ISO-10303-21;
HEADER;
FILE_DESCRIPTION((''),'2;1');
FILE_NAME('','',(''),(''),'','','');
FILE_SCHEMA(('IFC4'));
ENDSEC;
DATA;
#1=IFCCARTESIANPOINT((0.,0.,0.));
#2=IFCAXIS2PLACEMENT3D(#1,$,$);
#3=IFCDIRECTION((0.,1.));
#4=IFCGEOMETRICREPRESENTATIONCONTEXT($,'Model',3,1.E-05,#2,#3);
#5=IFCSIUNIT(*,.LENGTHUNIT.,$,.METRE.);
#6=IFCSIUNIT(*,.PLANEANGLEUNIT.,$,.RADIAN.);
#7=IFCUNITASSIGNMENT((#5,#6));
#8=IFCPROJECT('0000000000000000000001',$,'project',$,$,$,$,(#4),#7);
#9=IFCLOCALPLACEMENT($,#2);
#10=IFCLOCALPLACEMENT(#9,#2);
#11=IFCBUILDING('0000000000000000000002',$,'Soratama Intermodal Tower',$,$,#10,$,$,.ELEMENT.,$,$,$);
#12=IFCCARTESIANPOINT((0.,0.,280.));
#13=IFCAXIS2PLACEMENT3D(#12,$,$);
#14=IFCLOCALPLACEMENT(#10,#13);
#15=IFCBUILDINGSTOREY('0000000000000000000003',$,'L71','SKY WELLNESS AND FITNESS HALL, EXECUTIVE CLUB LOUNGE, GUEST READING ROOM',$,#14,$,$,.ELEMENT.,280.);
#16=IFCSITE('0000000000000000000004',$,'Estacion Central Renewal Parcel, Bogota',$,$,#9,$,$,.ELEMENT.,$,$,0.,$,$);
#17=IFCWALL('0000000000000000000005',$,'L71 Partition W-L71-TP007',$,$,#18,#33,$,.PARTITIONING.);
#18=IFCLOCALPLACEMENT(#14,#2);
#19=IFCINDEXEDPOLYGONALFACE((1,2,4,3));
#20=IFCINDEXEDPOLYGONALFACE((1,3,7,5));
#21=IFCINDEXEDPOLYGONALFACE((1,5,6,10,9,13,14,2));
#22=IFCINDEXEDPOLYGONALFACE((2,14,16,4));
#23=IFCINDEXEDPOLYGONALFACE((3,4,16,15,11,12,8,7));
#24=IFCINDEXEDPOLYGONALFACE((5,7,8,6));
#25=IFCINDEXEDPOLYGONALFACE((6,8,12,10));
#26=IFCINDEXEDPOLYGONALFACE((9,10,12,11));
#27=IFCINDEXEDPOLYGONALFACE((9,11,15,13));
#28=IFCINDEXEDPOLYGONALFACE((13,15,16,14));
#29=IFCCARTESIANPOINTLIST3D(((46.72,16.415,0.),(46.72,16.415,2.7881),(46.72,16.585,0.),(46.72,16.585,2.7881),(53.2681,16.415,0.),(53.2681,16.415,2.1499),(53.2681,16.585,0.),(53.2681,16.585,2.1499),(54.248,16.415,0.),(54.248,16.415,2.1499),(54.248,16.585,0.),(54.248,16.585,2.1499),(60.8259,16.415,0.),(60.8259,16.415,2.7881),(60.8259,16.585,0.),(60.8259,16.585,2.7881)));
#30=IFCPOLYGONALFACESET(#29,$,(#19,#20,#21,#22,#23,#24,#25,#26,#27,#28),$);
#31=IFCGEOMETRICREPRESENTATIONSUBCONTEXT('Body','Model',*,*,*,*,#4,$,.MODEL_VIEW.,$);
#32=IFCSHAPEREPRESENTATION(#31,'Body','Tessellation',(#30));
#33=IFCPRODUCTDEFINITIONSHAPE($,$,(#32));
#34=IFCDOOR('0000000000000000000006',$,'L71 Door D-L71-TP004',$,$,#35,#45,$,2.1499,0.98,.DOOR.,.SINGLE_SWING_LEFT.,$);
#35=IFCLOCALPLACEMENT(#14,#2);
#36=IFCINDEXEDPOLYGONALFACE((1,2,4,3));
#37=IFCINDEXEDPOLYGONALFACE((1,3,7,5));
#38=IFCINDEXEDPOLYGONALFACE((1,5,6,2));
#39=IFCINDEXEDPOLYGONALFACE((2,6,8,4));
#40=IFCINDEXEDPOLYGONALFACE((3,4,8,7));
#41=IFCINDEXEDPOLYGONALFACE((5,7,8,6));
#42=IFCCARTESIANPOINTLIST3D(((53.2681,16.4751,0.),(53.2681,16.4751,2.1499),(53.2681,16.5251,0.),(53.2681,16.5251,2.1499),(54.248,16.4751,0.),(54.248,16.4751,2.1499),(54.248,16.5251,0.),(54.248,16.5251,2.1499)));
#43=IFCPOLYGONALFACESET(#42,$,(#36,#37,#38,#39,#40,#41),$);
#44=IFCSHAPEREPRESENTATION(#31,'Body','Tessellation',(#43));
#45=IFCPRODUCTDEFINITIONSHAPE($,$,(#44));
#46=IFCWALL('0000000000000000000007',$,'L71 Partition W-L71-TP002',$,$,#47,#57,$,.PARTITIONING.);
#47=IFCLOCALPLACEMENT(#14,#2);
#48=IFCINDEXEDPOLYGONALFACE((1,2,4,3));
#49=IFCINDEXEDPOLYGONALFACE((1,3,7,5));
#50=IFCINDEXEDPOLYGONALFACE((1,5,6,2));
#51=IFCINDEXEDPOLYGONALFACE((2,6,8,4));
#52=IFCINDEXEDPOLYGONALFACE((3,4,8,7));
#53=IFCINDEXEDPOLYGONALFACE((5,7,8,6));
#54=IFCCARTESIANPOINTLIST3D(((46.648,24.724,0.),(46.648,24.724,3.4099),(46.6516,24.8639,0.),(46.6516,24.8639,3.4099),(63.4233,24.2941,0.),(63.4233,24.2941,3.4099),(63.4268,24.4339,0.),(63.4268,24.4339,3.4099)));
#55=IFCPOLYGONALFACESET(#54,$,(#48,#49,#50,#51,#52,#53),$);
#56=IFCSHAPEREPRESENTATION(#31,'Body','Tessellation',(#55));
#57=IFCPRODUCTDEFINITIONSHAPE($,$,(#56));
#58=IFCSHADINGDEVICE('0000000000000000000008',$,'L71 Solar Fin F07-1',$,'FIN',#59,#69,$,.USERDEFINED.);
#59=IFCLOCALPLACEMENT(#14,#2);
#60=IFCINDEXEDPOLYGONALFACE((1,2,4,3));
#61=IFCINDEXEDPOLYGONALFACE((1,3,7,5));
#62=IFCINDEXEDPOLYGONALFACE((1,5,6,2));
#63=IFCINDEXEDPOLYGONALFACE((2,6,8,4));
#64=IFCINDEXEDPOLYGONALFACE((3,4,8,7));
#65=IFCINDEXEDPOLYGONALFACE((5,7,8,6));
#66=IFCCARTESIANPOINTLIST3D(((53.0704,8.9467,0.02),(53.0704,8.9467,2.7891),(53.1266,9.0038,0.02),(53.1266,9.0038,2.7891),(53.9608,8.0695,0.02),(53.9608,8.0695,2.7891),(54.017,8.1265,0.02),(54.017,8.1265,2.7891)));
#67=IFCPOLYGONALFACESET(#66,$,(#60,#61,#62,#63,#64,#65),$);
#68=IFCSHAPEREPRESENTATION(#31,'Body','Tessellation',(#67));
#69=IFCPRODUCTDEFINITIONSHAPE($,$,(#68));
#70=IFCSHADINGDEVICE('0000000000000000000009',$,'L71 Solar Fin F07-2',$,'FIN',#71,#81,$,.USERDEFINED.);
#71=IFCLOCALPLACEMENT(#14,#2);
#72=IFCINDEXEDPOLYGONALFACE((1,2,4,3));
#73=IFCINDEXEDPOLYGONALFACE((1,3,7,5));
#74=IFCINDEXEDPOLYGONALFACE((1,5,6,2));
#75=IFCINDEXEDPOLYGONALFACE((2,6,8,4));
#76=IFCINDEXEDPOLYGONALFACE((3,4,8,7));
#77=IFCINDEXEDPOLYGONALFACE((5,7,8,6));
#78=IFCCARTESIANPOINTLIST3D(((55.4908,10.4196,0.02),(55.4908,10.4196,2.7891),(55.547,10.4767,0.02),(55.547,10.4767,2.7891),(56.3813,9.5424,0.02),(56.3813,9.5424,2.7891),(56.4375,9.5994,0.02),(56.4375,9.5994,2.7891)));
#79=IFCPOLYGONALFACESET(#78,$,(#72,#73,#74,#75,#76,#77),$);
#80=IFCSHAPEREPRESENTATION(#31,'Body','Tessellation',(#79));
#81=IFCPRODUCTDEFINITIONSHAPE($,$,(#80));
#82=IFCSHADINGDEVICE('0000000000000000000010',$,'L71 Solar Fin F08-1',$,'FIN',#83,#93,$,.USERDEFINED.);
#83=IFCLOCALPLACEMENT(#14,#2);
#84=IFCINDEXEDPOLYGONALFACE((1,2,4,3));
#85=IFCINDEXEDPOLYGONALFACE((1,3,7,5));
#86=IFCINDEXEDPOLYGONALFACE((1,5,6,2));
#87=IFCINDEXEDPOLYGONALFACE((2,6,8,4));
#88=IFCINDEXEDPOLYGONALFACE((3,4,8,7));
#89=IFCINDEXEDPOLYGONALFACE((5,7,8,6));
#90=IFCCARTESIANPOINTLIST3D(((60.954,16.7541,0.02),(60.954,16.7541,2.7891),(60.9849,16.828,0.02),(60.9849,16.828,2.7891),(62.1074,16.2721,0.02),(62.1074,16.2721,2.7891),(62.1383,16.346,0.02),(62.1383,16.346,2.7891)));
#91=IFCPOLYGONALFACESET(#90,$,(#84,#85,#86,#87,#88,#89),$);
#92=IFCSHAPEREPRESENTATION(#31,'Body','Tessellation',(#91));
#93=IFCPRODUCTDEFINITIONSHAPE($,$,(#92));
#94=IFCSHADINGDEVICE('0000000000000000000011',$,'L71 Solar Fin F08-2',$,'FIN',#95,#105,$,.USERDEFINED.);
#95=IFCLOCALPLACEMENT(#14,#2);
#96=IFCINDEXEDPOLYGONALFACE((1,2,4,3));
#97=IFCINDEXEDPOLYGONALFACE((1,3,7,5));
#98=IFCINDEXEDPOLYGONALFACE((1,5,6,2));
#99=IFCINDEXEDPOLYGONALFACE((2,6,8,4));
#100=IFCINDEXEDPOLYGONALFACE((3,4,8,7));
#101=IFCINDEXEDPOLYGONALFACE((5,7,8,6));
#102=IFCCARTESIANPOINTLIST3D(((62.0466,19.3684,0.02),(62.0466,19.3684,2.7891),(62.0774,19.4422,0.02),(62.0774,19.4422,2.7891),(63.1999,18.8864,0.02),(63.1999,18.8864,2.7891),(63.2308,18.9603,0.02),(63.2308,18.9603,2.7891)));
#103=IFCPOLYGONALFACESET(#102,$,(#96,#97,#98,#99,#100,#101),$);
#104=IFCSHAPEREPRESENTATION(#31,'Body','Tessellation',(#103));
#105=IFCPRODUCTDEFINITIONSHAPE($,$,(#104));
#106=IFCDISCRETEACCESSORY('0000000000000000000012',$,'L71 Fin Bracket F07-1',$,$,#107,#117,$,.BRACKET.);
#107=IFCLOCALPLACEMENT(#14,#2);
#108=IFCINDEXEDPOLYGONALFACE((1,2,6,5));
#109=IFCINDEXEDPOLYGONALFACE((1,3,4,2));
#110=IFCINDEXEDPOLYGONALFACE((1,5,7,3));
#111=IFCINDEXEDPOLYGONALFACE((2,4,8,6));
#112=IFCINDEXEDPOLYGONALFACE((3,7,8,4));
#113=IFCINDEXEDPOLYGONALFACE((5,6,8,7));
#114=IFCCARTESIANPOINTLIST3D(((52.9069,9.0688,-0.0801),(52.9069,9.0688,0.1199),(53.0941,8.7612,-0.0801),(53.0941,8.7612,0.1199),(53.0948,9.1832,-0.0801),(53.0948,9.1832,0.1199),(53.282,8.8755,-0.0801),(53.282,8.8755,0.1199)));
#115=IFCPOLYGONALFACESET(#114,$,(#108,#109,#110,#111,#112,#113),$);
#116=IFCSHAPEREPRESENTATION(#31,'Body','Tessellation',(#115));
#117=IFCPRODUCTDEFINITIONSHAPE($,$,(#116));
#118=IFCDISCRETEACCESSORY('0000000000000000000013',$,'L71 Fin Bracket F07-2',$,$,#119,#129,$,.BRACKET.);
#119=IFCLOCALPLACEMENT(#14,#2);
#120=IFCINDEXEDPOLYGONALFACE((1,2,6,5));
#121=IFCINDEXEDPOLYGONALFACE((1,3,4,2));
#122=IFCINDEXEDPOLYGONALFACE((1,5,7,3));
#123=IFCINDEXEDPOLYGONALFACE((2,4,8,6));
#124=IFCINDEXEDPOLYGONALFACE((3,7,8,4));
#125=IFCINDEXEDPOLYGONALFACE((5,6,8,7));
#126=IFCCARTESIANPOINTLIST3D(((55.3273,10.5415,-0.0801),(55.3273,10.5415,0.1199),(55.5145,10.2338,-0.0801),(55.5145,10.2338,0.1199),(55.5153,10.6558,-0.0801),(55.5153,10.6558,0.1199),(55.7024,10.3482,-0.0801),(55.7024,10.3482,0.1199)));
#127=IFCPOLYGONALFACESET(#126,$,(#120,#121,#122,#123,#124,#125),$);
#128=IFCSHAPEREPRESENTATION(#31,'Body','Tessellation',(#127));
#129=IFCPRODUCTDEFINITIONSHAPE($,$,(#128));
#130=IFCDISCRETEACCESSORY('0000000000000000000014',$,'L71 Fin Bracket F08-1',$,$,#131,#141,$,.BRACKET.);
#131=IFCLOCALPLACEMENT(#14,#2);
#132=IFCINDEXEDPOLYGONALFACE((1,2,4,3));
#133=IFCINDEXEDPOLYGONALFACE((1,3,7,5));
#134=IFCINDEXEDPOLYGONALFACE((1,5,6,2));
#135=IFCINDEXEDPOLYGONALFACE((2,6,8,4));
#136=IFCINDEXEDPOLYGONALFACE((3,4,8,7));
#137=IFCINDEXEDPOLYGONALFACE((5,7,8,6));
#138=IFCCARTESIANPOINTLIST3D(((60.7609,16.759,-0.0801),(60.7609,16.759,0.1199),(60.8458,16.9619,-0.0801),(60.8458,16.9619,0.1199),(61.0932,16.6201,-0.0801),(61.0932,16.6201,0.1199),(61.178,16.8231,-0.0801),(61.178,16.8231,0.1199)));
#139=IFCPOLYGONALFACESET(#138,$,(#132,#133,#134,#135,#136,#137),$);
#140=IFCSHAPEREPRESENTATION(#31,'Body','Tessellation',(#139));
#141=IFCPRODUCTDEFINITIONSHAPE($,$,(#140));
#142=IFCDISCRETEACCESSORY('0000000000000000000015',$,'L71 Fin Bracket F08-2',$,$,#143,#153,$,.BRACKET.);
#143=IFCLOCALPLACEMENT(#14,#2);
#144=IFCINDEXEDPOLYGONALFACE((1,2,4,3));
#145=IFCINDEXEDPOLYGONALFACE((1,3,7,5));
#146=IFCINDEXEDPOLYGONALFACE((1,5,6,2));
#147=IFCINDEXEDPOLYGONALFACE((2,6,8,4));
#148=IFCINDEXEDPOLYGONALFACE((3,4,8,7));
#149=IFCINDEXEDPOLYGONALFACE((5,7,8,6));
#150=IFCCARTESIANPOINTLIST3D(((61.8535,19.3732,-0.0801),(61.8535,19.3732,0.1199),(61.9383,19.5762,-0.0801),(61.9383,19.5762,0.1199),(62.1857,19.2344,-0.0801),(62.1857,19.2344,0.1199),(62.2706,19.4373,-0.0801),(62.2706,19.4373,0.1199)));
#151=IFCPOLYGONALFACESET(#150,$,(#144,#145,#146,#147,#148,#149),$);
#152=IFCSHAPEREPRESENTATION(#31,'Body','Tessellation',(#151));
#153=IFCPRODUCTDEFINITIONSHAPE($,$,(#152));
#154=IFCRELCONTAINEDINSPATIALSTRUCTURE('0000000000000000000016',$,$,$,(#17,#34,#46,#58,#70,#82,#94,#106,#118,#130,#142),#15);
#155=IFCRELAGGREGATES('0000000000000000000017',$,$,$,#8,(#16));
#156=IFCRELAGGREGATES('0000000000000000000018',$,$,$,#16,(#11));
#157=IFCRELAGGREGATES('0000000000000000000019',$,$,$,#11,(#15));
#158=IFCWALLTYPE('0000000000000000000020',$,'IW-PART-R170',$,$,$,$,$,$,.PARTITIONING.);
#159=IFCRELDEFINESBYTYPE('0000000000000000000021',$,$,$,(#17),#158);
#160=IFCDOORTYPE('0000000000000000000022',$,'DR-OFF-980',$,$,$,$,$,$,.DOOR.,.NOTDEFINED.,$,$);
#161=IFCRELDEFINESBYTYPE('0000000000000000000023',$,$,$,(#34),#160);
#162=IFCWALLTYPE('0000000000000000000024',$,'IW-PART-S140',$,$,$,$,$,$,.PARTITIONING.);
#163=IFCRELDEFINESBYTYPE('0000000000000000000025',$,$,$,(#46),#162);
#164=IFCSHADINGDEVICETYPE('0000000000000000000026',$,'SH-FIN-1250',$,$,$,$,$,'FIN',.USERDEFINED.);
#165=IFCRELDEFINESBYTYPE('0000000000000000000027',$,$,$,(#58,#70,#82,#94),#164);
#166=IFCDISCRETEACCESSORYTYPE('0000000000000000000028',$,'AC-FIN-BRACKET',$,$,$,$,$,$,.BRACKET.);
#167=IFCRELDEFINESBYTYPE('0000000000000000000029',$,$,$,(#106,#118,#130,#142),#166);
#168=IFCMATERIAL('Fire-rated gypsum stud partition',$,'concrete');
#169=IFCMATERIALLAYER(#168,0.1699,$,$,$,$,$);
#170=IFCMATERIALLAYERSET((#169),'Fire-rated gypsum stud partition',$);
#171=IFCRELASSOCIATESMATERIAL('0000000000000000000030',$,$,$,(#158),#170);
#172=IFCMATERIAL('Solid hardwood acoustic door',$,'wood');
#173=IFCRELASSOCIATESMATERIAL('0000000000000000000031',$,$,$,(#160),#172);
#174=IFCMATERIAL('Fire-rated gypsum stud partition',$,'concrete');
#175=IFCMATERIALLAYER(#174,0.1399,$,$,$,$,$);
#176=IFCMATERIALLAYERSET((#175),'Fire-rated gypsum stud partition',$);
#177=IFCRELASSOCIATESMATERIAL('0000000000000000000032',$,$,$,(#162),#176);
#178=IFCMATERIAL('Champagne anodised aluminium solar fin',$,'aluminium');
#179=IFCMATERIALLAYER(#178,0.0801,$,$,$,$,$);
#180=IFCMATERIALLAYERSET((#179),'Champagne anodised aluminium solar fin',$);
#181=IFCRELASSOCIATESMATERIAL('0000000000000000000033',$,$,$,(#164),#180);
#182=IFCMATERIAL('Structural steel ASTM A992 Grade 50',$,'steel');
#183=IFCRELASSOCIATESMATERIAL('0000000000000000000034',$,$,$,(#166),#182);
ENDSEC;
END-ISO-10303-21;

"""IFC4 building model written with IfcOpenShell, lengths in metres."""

from ifc_helpers import new_model, si_unit, direction, frame, frame_2d, origin, origin_2d, place, context, subcontext, project, spatial, rectangle, extrude, material, layer, layer_set, type_object, element, fill, save


model = new_model("IFC4")

# Units and contexts
model_context = context("Model", 3, precision=1e-05, world=origin(), true_north=direction((0.0, 1.0)))
body_context = subcontext(model_context, "Body", "Model", "MODEL_VIEW")
ifc_project = project(units=[si_unit("LENGTHUNIT", "METRE"), si_unit("PLANEANGLEUNIT", "RADIAN")], contexts=[model_context])

# Site, building, storey
site_placement = place(None, origin())
site = spatial("IfcSite", under=ifc_project, at=site_placement, Name="Estacion Central Renewal Parcel, Bogota", CompositionType="ELEMENT", RefElevation=0.0)
building_placement = place(site_placement, origin())
building = spatial("IfcBuilding", under=site, at=building_placement, Name="Soratama Intermodal Tower", CompositionType="ELEMENT")
storey_placement = place(building_placement, frame((0.0, 0.0, 280.0)))
storey = spatial("IfcBuildingStorey", under=building, at=storey_placement, Name="L71", Description="SKY WELLNESS AND FITNESS HALL, EXECUTIVE CLUB LOUNGE, GUEST READING ROOM", CompositionType="ELEMENT", Elevation=280.0)

# Wall, opening, door
ifc_material_1 = material(Name="Fire-rated gypsum stud partition", Category="concrete")
ifc_layer_1 = layer(ifc_material_1, 0.1699)
ifc_layer_set_1 = layer_set([ifc_layer_1], Name="Fire-rated gypsum stud partition")
wall_type_1 = type_object("IfcWallType", Name="IW-PART-R170", PredefinedType="PARTITIONING", material=ifc_layer_set_1)
wall_1_placement = place(storey_placement, frame((60.8259, 16.5, 0.0), z_axis=(0.0, 0.0, 1.0), x_axis=(-1.0, 0.0, 0.0)))
wall_1 = element("IfcWall", 1, at=wall_1_placement, inside=storey, type_object=wall_type_1, Name="L71 Partition W-L71-TP007", PredefinedType="PARTITIONING", context=body_context, shape_type="SweptSolid", body=[
    extrude(rectangle(XDim=14.106, YDim=0.1699, at=frame_2d((7.053, 0.0))), origin(), (0.0, 0.0, 1.0), 2.7881),
])
opening_1_placement = place(wall_1_placement, frame((6.5779, 0.0, 0.0)))
opening_1 = element("IfcOpeningElement", 2, at=opening_1_placement, cuts=wall_1, PredefinedType="OPENING", context=body_context, shape_type="SweptSolid", body=[
    extrude(rectangle(XDim=0.98, YDim=2.1499, at=frame_2d((0.49, 1.075))), frame((0.0, 0.095, 0.0), z_axis=(0.0, -1.0, 0.0), x_axis=(1.0, 0.0, 0.0)), (0.0, 0.0, 1.0), 0.1899),
])
ifc_material_2 = material(Name="Solid hardwood acoustic door", Category="wood")
door_type = type_object("IfcDoorType", Name="DR-OFF-980", OperationType="NOTDEFINED", PredefinedType="DOOR", material=ifc_material_2)
door_placement = place(opening_1_placement, origin())
door = element("IfcDoor", 3, at=door_placement, inside=storey, type_object=door_type, Name="L71 Door D-L71-TP004", OperationType="SINGLE_SWING_LEFT", OverallHeight=2.1499, OverallWidth=0.98, PredefinedType="DOOR", context=body_context, shape_type="SweptSolid", body=[
    extrude(rectangle(XDim=0.98, YDim=2.1499, at=frame_2d((0.49, 1.075))), frame((0.0, 0.0249, 0.0), z_axis=(0.0, -1.0, 0.0), x_axis=(1.0, 0.0, 0.0)), (0.0, 0.0, 1.0), 0.05),
])
fill(opening_1, door)

# Wall
ifc_material_3 = material(Name="Fire-rated gypsum stud partition", Category="concrete")
ifc_layer_2 = layer(ifc_material_3, 0.1399)
ifc_layer_set_2 = layer_set([ifc_layer_2], Name="Fire-rated gypsum stud partition")
wall_type_2 = type_object("IfcWallType", Name="IW-PART-S140", PredefinedType="PARTITIONING", material=ifc_layer_set_2)
wall_2_placement = place(storey_placement, frame((63.425, 24.364, 0.0), z_axis=(0.0, 0.0, 1.0), x_axis=(-0.999672, 0.025621, 0.0)))
element("IfcWall", 4, at=wall_2_placement, inside=storey, type_object=wall_type_2, Name="L71 Partition W-L71-TP002", PredefinedType="PARTITIONING", context=body_context, shape_type="SweptSolid", body=[
    extrude(rectangle(XDim=16.7808, YDim=0.1399, at=frame_2d((8.3904, 0.0))), origin(), (0.0, 0.0, 1.0), 3.4099),
])

# Shading devices
ifc_material_4 = material(Name="Champagne anodised aluminium solar fin", Category="aluminium")
ifc_layer_3 = layer(ifc_material_4, 0.0801)
ifc_layer_set_3 = layer_set([ifc_layer_3], Name="Champagne anodised aluminium solar fin")
shading_device_type = type_object("IfcShadingDeviceType", Name="SH-FIN-1250", ElementType="FIN", PredefinedType="USERDEFINED", material=ifc_layer_set_3)
for number, where, z_axis, x_axis, name in (
    (5, (53.5437, 8.5366, 0.02), (0.0, 0.0, 1.0), (0.712394, -0.70178, 0.0), "L71 Solar Fin F07-1"),
    (6, (55.9641, 10.0095, 0.02), (0.0, 0.0, 1.0), (0.712394, -0.70178, 0.0), "L71 Solar Fin F07-2"),
    (7, (61.5461, 16.55, 0.02), (0.0, 0.0, 1.0), (0.922673, -0.385584, 0.0), "L71 Solar Fin F08-1"),
    (8, (62.6387, 19.1643, 0.02), (0.0, 0.0, 1.0), (0.922673, -0.385584, 0.0), "L71 Solar Fin F08-2"),
):
    element("IfcShadingDevice", number, at=place(storey_placement, frame(where, z_axis=z_axis, x_axis=x_axis)), inside=storey, type_object=shading_device_type, Name=name, ObjectType="FIN", PredefinedType="USERDEFINED", context=body_context, shape_type="SweptSolid", body=[
        extrude(rectangle(XDim=1.25, YDim=0.0801, at=origin_2d()), origin(), (0.0, 0.0, 1.0), 2.769),
    ])

# Discrete accessories
ifc_material_5 = material(Name="Structural steel ASTM A992 Grade 50", Category="steel")
discrete_accessory_type = type_object("IfcDiscreteAccessoryType", Name="AC-FIN-BRACKET", PredefinedType="BRACKET", material=ifc_material_5)
for number, where, z_axis, x_axis, name in (
    (9, (53.0945, 8.9722, -0.0801), (0.0, 0.0, 1.0), (0.519817, -0.854277, 0.0), "L71 Fin Bracket F07-1"),
    (10, (55.5149, 10.4448, -0.0801), (0.0, 0.0, 1.0), (0.519817, -0.854277, 0.0), "L71 Fin Bracket F07-2"),
    (11, (60.9695, 16.791, -0.0801), (0.0, 0.0, 1.0), (0.922673, -0.385584, 0.0), "L71 Fin Bracket F08-1"),
    (12, (62.062, 19.4053, -0.0801), (0.0, 0.0, 1.0), (0.922673, -0.385584, 0.0), "L71 Fin Bracket F08-2"),
):
    element("IfcDiscreteAccessory", number, at=place(storey_placement, frame(where, z_axis=z_axis, x_axis=x_axis)), inside=storey, type_object=discrete_accessory_type, Name=name, PredefinedType="BRACKET", context=body_context, shape_type="SweptSolid", body=[
        extrude(rectangle(XDim=0.3601, YDim=0.22, at=origin_2d()), origin(), (0.0, 0.0, 1.0), 0.2),
    ])

save(model, "model.ifc")
